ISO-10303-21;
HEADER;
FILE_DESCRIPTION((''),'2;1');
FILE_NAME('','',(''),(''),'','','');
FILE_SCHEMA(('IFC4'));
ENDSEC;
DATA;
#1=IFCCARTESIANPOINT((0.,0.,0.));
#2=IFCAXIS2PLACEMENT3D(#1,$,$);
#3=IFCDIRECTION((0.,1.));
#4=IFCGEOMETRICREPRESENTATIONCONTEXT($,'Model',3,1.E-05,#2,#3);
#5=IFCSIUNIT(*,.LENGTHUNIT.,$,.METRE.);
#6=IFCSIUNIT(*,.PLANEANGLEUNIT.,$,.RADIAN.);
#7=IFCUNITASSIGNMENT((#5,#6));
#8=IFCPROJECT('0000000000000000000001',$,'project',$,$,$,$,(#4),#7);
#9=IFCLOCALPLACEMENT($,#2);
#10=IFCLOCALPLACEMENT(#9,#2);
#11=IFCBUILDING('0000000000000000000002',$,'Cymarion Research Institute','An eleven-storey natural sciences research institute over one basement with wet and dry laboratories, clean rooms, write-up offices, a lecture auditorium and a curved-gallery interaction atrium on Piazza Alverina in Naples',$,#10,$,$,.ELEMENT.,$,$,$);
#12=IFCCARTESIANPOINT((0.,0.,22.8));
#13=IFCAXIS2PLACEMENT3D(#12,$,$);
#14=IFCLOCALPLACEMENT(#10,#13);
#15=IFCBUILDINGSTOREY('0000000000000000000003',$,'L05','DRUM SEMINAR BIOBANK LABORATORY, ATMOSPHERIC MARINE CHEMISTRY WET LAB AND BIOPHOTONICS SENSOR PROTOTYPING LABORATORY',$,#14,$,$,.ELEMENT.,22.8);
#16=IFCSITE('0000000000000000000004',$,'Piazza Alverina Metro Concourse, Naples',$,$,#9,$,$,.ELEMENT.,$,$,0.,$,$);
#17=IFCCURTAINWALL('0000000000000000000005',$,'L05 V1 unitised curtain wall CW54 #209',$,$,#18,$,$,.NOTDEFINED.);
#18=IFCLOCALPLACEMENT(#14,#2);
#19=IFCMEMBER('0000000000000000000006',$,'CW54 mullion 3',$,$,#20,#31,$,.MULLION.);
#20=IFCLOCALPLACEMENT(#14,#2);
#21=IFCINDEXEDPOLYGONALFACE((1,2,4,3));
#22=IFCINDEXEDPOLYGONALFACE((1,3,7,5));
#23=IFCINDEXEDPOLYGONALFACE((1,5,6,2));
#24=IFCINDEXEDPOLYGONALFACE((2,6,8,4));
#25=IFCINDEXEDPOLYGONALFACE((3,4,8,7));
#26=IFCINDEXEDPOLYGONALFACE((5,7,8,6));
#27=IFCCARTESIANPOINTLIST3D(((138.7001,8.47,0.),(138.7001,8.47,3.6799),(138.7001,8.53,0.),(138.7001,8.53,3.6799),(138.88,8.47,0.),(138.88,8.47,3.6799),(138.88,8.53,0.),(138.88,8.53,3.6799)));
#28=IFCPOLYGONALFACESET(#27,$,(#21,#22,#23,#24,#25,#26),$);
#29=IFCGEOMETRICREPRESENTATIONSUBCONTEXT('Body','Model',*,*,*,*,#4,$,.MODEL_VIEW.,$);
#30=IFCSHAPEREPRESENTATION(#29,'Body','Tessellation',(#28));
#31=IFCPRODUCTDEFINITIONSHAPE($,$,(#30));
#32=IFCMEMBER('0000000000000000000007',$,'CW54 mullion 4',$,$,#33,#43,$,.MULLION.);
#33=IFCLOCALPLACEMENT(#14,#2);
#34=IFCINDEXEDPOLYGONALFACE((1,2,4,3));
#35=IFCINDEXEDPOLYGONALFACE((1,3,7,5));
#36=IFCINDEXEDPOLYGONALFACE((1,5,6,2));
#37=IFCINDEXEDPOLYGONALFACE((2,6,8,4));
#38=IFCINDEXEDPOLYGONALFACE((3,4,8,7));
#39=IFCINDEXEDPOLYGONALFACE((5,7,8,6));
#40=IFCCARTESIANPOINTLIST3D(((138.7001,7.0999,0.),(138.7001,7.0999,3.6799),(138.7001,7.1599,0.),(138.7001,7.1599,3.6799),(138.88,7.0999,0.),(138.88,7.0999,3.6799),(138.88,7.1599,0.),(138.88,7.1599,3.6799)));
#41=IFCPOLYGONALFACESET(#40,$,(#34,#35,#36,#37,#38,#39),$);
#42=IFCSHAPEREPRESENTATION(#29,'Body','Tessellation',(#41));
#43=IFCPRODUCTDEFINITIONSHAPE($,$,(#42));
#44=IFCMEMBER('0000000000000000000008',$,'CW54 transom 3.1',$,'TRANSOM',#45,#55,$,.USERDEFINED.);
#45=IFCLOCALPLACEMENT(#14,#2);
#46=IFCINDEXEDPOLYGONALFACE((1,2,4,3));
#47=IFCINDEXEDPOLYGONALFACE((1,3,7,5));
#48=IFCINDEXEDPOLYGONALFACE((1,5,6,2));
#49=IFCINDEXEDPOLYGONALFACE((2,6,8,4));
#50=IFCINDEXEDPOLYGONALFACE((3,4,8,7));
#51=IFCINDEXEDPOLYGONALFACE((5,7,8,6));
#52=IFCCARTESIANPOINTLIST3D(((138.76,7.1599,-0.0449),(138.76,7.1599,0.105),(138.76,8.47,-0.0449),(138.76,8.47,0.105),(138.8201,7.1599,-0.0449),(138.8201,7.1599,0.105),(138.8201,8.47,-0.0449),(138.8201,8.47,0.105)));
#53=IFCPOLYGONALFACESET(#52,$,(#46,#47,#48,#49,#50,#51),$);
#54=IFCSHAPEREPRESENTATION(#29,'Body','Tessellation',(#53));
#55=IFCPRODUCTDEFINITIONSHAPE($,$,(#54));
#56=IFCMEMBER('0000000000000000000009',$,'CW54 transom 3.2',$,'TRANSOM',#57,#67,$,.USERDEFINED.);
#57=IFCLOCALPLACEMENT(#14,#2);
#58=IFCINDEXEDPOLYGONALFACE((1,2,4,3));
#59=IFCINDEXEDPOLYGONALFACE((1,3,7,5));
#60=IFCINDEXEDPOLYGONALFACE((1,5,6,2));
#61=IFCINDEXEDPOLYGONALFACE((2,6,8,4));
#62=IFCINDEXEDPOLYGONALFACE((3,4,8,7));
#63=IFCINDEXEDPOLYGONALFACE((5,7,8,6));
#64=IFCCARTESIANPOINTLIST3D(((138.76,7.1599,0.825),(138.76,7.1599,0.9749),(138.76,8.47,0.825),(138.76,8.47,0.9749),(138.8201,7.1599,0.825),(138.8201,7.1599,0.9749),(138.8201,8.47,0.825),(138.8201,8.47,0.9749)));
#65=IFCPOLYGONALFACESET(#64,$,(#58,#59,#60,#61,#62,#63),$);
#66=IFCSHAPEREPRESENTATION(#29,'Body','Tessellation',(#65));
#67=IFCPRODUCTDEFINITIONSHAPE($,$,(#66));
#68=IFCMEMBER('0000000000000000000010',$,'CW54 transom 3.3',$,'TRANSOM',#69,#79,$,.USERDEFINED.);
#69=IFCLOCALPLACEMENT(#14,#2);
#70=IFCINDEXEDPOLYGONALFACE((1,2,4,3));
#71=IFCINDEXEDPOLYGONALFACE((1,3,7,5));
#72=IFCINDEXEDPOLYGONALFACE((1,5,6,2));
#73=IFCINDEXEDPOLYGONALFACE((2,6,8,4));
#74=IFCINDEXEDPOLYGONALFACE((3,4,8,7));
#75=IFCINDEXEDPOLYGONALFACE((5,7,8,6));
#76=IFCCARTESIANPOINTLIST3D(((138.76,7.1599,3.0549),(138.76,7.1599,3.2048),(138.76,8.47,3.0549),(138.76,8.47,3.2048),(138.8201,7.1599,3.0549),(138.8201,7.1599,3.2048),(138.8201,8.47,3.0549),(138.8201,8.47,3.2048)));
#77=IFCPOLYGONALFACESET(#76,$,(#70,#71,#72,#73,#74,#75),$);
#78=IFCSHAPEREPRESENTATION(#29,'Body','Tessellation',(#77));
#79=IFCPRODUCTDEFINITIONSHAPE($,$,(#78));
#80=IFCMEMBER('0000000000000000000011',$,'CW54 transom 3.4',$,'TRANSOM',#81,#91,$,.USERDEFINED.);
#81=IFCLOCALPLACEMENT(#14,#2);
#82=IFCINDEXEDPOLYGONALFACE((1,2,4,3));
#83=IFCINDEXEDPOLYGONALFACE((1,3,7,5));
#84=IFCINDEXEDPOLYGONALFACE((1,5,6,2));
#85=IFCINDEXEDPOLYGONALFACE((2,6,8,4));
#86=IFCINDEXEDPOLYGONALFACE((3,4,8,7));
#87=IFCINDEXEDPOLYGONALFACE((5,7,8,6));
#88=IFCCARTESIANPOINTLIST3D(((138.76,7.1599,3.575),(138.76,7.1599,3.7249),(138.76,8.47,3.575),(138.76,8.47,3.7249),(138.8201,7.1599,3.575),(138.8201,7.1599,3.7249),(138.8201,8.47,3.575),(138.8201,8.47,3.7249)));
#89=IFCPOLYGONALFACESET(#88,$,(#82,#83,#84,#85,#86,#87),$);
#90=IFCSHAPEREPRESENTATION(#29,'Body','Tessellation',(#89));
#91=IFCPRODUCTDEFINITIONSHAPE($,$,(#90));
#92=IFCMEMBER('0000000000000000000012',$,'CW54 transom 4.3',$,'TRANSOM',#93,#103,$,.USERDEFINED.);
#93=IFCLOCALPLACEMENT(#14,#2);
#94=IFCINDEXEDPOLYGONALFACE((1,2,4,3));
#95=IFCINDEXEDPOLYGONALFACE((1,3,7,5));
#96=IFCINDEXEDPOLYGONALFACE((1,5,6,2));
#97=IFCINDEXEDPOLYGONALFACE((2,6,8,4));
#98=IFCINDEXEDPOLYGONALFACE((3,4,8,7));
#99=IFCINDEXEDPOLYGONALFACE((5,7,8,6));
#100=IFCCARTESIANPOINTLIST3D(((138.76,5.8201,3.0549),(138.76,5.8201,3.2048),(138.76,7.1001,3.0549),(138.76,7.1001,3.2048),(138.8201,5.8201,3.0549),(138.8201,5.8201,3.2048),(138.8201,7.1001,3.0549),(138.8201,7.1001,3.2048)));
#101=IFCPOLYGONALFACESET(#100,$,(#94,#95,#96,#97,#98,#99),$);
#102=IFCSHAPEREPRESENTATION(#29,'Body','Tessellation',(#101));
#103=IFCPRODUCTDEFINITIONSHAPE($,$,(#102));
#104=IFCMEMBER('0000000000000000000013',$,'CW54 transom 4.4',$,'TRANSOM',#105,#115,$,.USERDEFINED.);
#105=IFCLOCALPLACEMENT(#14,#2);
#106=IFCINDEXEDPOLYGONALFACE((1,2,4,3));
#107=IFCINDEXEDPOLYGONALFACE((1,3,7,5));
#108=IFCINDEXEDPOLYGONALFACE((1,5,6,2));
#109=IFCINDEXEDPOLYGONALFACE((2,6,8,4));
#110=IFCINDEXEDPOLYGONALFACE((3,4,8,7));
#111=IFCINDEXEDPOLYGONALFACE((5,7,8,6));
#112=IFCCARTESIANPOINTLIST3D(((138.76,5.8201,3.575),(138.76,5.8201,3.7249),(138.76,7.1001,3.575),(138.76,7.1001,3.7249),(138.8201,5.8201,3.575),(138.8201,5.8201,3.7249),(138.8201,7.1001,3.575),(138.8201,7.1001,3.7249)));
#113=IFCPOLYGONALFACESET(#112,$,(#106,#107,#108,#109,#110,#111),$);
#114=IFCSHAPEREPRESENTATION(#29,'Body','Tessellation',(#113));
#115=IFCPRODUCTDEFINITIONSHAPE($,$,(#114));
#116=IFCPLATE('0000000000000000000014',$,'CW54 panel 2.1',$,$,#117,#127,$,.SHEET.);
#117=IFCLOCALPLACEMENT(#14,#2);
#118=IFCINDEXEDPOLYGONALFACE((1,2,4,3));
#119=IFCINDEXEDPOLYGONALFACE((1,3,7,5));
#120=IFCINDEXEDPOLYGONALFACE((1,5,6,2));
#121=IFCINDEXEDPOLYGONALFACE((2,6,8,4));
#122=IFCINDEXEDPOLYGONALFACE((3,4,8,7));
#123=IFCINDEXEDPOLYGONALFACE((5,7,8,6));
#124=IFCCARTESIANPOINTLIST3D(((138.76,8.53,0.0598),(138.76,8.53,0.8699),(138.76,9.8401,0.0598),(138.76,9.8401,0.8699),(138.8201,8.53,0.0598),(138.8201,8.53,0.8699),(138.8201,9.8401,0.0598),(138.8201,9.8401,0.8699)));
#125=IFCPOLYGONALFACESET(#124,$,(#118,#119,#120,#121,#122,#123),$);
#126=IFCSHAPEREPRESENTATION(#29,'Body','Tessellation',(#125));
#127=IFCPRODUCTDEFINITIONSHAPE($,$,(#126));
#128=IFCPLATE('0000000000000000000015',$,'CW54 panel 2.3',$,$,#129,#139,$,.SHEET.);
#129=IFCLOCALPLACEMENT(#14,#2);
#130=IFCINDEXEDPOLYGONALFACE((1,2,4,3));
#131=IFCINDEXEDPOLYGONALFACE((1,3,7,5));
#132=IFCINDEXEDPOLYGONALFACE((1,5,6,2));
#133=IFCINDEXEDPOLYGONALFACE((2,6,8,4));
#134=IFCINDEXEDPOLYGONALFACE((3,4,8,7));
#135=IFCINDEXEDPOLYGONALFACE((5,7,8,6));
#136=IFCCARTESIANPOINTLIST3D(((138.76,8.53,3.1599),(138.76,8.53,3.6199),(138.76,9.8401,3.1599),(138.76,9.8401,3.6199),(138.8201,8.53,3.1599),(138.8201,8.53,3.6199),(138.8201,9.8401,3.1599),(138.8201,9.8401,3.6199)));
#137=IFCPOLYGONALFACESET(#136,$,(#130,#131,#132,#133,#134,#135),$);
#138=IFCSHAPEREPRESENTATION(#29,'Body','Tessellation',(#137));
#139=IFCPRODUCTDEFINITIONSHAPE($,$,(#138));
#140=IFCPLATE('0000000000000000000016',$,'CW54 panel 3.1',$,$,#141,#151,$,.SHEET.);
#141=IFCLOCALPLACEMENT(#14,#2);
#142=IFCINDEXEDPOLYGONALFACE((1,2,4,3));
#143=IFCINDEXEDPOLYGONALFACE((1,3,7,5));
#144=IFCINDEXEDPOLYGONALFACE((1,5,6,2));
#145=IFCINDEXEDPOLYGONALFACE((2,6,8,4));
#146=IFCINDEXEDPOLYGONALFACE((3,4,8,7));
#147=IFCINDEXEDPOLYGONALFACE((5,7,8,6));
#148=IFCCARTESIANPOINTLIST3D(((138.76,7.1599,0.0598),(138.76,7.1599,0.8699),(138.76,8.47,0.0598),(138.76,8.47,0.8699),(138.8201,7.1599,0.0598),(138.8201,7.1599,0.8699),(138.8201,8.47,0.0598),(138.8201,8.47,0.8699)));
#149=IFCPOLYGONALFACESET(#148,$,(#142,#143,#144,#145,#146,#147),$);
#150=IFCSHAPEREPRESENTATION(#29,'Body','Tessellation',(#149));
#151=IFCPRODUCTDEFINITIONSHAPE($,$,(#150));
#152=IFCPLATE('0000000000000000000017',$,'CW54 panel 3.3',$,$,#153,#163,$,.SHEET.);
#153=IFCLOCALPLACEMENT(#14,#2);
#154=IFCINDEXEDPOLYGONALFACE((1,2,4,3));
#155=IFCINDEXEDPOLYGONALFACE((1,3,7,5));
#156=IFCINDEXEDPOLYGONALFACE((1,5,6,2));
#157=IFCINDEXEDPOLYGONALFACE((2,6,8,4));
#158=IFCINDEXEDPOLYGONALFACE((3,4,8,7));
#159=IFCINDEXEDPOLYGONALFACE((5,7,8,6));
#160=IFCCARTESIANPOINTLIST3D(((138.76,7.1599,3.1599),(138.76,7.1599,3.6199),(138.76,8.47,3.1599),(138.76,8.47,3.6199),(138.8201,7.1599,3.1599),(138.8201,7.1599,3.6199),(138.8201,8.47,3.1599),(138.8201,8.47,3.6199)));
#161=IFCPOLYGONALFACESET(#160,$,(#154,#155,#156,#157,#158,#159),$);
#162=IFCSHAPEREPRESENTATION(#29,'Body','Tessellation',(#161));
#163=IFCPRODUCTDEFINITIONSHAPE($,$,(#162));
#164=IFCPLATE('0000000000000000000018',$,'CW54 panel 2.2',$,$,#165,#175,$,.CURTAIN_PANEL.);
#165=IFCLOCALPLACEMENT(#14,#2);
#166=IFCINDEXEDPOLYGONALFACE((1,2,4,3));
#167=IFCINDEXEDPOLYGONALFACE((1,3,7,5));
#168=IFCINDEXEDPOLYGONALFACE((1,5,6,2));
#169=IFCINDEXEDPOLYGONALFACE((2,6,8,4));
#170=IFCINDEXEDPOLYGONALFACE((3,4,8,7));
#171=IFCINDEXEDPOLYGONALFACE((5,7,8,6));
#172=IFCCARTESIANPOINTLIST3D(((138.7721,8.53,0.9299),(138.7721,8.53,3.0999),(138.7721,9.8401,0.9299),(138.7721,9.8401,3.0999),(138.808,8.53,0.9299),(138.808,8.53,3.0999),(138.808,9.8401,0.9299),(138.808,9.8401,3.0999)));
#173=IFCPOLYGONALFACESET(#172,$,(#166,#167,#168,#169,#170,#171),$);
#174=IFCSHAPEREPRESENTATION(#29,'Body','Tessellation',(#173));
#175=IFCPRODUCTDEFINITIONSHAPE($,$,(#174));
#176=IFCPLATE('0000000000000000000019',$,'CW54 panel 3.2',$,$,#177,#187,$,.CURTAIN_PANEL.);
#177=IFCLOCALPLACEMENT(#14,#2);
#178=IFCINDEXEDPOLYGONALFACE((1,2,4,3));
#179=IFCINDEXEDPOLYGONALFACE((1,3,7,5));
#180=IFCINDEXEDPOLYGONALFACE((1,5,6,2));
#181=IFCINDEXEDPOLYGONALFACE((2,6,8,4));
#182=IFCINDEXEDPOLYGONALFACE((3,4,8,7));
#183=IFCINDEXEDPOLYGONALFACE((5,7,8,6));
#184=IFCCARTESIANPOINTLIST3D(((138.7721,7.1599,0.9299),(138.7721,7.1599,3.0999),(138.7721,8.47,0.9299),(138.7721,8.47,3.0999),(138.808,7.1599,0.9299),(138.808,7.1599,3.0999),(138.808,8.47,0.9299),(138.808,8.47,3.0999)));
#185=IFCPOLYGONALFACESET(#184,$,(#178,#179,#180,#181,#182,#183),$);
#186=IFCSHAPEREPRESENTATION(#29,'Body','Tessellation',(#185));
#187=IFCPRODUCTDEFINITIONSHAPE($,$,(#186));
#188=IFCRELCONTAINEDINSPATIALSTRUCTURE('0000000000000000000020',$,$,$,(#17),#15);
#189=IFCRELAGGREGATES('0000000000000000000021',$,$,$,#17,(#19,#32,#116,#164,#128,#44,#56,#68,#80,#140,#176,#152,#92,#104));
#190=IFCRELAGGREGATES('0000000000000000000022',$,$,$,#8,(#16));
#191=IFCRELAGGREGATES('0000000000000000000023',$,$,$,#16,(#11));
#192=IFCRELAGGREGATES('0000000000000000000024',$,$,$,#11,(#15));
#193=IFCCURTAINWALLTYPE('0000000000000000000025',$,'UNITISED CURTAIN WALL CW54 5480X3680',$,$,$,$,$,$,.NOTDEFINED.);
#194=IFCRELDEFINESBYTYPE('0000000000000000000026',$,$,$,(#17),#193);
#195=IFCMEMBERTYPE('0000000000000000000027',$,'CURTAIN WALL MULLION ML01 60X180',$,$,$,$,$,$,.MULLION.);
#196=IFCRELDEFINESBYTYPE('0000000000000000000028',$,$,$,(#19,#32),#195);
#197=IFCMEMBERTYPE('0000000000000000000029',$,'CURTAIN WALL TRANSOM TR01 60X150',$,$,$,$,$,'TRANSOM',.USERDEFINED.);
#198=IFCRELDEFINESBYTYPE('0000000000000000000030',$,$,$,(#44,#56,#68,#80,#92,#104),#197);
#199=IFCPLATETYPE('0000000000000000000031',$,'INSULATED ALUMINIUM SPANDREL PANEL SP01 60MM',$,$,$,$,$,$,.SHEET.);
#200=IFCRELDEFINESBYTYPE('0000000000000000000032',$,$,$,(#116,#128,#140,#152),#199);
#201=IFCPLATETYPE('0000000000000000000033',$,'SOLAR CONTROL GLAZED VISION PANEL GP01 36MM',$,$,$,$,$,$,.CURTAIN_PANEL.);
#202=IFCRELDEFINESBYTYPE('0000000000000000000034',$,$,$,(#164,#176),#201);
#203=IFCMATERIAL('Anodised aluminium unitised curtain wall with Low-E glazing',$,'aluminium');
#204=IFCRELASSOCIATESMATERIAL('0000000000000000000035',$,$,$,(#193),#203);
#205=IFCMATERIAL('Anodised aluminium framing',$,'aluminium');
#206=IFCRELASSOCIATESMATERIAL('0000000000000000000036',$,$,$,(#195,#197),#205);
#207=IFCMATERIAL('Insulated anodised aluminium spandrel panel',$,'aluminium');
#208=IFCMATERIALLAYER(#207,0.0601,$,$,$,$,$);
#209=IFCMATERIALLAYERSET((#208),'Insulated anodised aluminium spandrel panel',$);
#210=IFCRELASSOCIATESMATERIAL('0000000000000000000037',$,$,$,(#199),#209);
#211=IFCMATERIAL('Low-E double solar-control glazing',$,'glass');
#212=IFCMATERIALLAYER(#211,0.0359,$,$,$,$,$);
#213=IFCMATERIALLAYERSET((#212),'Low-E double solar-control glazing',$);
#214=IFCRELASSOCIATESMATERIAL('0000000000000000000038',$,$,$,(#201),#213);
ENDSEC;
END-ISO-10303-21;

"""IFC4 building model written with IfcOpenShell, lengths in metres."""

from ifc_helpers import new_model, si_unit, direction, frame, origin, origin_2d, place, context, subcontext, project, spatial, rectangle, extrude, material, layer, layer_set, material_profile, profile_set, type_object, element, aggregate, save


model = new_model("IFC4")

# Units and contexts
model_context = context("Model", 3, precision=1e-05, world=origin(), true_north=direction((0.0, 1.0)))
body_context = subcontext(model_context, "Body", "Model", "MODEL_VIEW")
ifc_project = project(units=[si_unit("LENGTHUNIT", "METRE"), si_unit("PLANEANGLEUNIT", "RADIAN")], contexts=[model_context])

# Site, building, storey
site_placement = place(None, origin())
site = spatial("IfcSite", under=ifc_project, at=site_placement, Name="Piazza Alverina Metro Concourse, Naples", CompositionType="ELEMENT", RefElevation=0.0)
building_placement = place(site_placement, origin())
building = spatial("IfcBuilding", under=site, at=building_placement, Name="Cymarion Research Institute", Description="An eleven-storey natural sciences research institute over one basement with wet and dry laboratories, clean rooms, write-up offices, a lecture auditorium and a curved-gallery interaction atrium on Piazza Alverina in Naples", CompositionType="ELEMENT")
storey_placement = place(building_placement, frame((0.0, 0.0, 22.8)))
storey = spatial("IfcBuildingStorey", under=building, at=storey_placement, Name="L05", Description="DRUM SEMINAR BIOBANK LABORATORY, ATMOSPHERIC MARINE CHEMISTRY WET LAB AND BIOPHOTONICS SENSOR PROTOTYPING LABORATORY", CompositionType="ELEMENT", Elevation=22.8)

# Curtain wall, members, plates
ifc_material_1 = material(Name="Anodised aluminium unitised curtain wall with Low-E glazing", Category="aluminium")
curtain_wall_type = type_object("IfcCurtainWallType", Name="UNITISED CURTAIN WALL CW54 5480X3680", PredefinedType="NOTDEFINED", material=ifc_material_1)
curtain_wall_placement = place(storey_placement, origin())
curtain_wall = element("IfcCurtainWall", 1, at=curtain_wall_placement, inside=storey, type_object=curtain_wall_type, Name="L05 V1 unitised curtain wall CW54 #209", PredefinedType="NOTDEFINED")
ifc_material_2 = material(Name="Anodised aluminium framing", Category="aluminium")
ifc_material_profile_1 = material_profile(ifc_material_2, rectangle(XDim=0.0601, YDim=0.1799, at=origin_2d()), Name="ALU MULLION 60x180")
ifc_profile_set_1 = profile_set([ifc_material_profile_1], Name="Anodised aluminium framing")
member_type_1 = type_object("IfcMemberType", Name="CURTAIN WALL MULLION ML01 60X180", PredefinedType="MULLION", material=ifc_profile_set_1)
member_1_placement = place(storey_placement, frame((138.79, 8.5, 0.0), z_axis=(0.0, 0.0, 1.0), x_axis=(0.0, -1.0, 0.0)))
member_1 = element("IfcMember", 2, at=member_1_placement, type_object=member_type_1, Name="CW54 mullion 3", PredefinedType="MULLION", context=body_context, shape_type="SweptSolid", body=[
    extrude(rectangle(XDim=0.0601, YDim=0.1799, at=origin_2d()), origin(), (0.0, 0.0, 1.0), 3.6799),
])
member_2_placement = place(storey_placement, frame((138.79, 7.1299, 0.0), z_axis=(0.0, 0.0, 1.0), x_axis=(0.0, -1.0, 0.0)))
member_2 = element("IfcMember", 3, at=member_2_placement, type_object=member_type_1, Name="CW54 mullion 4", PredefinedType="MULLION", context=body_context, shape_type="SweptSolid", body=[
    extrude(rectangle(XDim=0.0601, YDim=0.1799, at=origin_2d()), origin(), (0.0, 0.0, 1.0), 3.6799),
])
ifc_material_profile_2 = material_profile(ifc_material_2, rectangle(XDim=0.0601, YDim=0.1499, at=origin_2d()), Name="ALU TRANSOM 60x150")
ifc_profile_set_2 = profile_set([ifc_material_profile_2], Name="Anodised aluminium framing")
member_type_2 = type_object("IfcMemberType", Name="CURTAIN WALL TRANSOM TR01 60X150", ElementType="TRANSOM", PredefinedType="USERDEFINED", material=ifc_profile_set_2)
member_3_placement = place(storey_placement, frame((138.79, 8.47, 0.03), z_axis=(0.0, -1.0, 0.0), x_axis=(1.0, 0.0, 0.0)))
member_3 = element("IfcMember", 4, at=member_3_placement, type_object=member_type_2, Name="CW54 transom 3.1", ObjectType="TRANSOM", PredefinedType="USERDEFINED", context=body_context, shape_type="SweptSolid", body=[
    extrude(rectangle(XDim=0.0601, YDim=0.1499, at=origin_2d()), origin(), (0.0, 0.0, 1.0), 1.3101),
])
member_4_placement = place(storey_placement, frame((138.79, 8.47, 0.8999), z_axis=(0.0, -1.0, 0.0), x_axis=(1.0, 0.0, 0.0)))
member_4 = element("IfcMember", 5, at=member_4_placement, type_object=member_type_2, Name="CW54 transom 3.2", ObjectType="TRANSOM", PredefinedType="USERDEFINED", context=body_context, shape_type="SweptSolid", body=[
    extrude(rectangle(XDim=0.0601, YDim=0.1499, at=origin_2d()), origin(), (0.0, 0.0, 1.0), 1.3101),
])
member_5_placement = place(storey_placement, frame((138.79, 8.47, 3.1299), z_axis=(0.0, -1.0, 0.0), x_axis=(1.0, 0.0, 0.0)))
member_5 = element("IfcMember", 6, at=member_5_placement, type_object=member_type_2, Name="CW54 transom 3.3", ObjectType="TRANSOM", PredefinedType="USERDEFINED", context=body_context, shape_type="SweptSolid", body=[
    extrude(rectangle(XDim=0.0601, YDim=0.1499, at=origin_2d()), origin(), (0.0, 0.0, 1.0), 1.3101),
])
member_6_placement = place(storey_placement, frame((138.79, 8.47, 3.6499), z_axis=(0.0, -1.0, 0.0), x_axis=(1.0, 0.0, 0.0)))
member_6 = element("IfcMember", 7, at=member_6_placement, type_object=member_type_2, Name="CW54 transom 3.4", ObjectType="TRANSOM", PredefinedType="USERDEFINED", context=body_context, shape_type="SweptSolid", body=[
    extrude(rectangle(XDim=0.0601, YDim=0.1499, at=origin_2d()), origin(), (0.0, 0.0, 1.0), 1.3101),
])
member_7_placement = place(storey_placement, frame((138.79, 7.1001, 3.1299), z_axis=(0.0, -1.0, 0.0), x_axis=(1.0, 0.0, 0.0)))
member_7 = element("IfcMember", 8, at=member_7_placement, type_object=member_type_2, Name="CW54 transom 4.3", ObjectType="TRANSOM", PredefinedType="USERDEFINED", context=body_context, shape_type="SweptSolid", body=[
    extrude(rectangle(XDim=0.0601, YDim=0.1499, at=origin_2d()), origin(), (0.0, 0.0, 1.0), 1.28),
])
member_8_placement = place(storey_placement, frame((138.79, 7.1001, 3.6499), z_axis=(0.0, -1.0, 0.0), x_axis=(1.0, 0.0, 0.0)))
member_8 = element("IfcMember", 9, at=member_8_placement, type_object=member_type_2, Name="CW54 transom 4.4", ObjectType="TRANSOM", PredefinedType="USERDEFINED", context=body_context, shape_type="SweptSolid", body=[
    extrude(rectangle(XDim=0.0601, YDim=0.1499, at=origin_2d()), origin(), (0.0, 0.0, 1.0), 1.28),
])
ifc_material_3 = material(Name="Insulated anodised aluminium spandrel panel", Category="aluminium")
ifc_layer_1 = layer(ifc_material_3, 0.0601)
ifc_layer_set_1 = layer_set([ifc_layer_1], Name="Insulated anodised aluminium spandrel panel")
plate_type_1 = type_object("IfcPlateType", Name="INSULATED ALUMINIUM SPANDREL PANEL SP01 60MM", PredefinedType="SHEET", material=ifc_layer_set_1)
plate_1_placement = place(storey_placement, frame((138.79, 9.1851, 0.0598), z_axis=(0.0, 0.0, 1.0), x_axis=(0.0, -1.0, 0.0)))
plate_1 = element("IfcPlate", 10, at=plate_1_placement, type_object=plate_type_1, Name="CW54 panel 2.1", PredefinedType="SHEET", context=body_context, shape_type="SweptSolid", body=[
    extrude(rectangle(XDim=1.3101, YDim=0.0601, at=origin_2d()), origin(), (0.0, 0.0, 1.0), 0.8101),
])
plate_2_placement = place(storey_placement, frame((138.79, 9.1851, 3.1599), z_axis=(0.0, 0.0, 1.0), x_axis=(0.0, -1.0, 0.0)))
plate_2 = element("IfcPlate", 11, at=plate_2_placement, type_object=plate_type_1, Name="CW54 panel 2.3", PredefinedType="SHEET", context=body_context, shape_type="SweptSolid", body=[
    extrude(rectangle(XDim=1.3101, YDim=0.0601, at=origin_2d()), origin(), (0.0, 0.0, 1.0), 0.46),
])
plate_3_placement = place(storey_placement, frame((138.79, 7.8149, 0.0598), z_axis=(0.0, 0.0, 1.0), x_axis=(0.0, -1.0, 0.0)))
plate_3 = element("IfcPlate", 12, at=plate_3_placement, type_object=plate_type_1, Name="CW54 panel 3.1", PredefinedType="SHEET", context=body_context, shape_type="SweptSolid", body=[
    extrude(rectangle(XDim=1.3101, YDim=0.0601, at=origin_2d()), origin(), (0.0, 0.0, 1.0), 0.8101),
])
plate_4_placement = place(storey_placement, frame((138.79, 7.8149, 3.1599), z_axis=(0.0, 0.0, 1.0), x_axis=(0.0, -1.0, 0.0)))
plate_4 = element("IfcPlate", 13, at=plate_4_placement, type_object=plate_type_1, Name="CW54 panel 3.3", PredefinedType="SHEET", context=body_context, shape_type="SweptSolid", body=[
    extrude(rectangle(XDim=1.3101, YDim=0.0601, at=origin_2d()), origin(), (0.0, 0.0, 1.0), 0.46),
])
ifc_material_4 = material(Name="Low-E double solar-control glazing", Category="glass")
ifc_layer_2 = layer(ifc_material_4, 0.0359)
ifc_layer_set_2 = layer_set([ifc_layer_2], Name="Low-E double solar-control glazing")
plate_type_2 = type_object("IfcPlateType", Name="SOLAR CONTROL GLAZED VISION PANEL GP01 36MM", PredefinedType="CURTAIN_PANEL", material=ifc_layer_set_2)
plate_5_placement = place(storey_placement, frame((138.79, 9.1851, 0.9299), z_axis=(0.0, 0.0, 1.0), x_axis=(0.0, -1.0, 0.0)))
plate_5 = element("IfcPlate", 14, at=plate_5_placement, type_object=plate_type_2, Name="CW54 panel 2.2", PredefinedType="CURTAIN_PANEL", context=body_context, shape_type="SweptSolid", body=[
    extrude(rectangle(XDim=1.3101, YDim=0.0359, at=origin_2d()), origin(), (0.0, 0.0, 1.0), 2.1699),
])
plate_6_placement = place(storey_placement, frame((138.79, 7.8149, 0.9299), z_axis=(0.0, 0.0, 1.0), x_axis=(0.0, -1.0, 0.0)))
plate_6 = element("IfcPlate", 15, at=plate_6_placement, type_object=plate_type_2, Name="CW54 panel 3.2", PredefinedType="CURTAIN_PANEL", context=body_context, shape_type="SweptSolid", body=[
    extrude(rectangle(XDim=1.3101, YDim=0.0359, at=origin_2d()), origin(), (0.0, 0.0, 1.0), 2.1699),
])
aggregate(curtain_wall, [member_1, member_2, plate_1, plate_5, plate_2, member_3, member_4, member_5, member_6, plate_3, plate_6, plate_4, member_7, member_8])

save(model, "model.ifc")
